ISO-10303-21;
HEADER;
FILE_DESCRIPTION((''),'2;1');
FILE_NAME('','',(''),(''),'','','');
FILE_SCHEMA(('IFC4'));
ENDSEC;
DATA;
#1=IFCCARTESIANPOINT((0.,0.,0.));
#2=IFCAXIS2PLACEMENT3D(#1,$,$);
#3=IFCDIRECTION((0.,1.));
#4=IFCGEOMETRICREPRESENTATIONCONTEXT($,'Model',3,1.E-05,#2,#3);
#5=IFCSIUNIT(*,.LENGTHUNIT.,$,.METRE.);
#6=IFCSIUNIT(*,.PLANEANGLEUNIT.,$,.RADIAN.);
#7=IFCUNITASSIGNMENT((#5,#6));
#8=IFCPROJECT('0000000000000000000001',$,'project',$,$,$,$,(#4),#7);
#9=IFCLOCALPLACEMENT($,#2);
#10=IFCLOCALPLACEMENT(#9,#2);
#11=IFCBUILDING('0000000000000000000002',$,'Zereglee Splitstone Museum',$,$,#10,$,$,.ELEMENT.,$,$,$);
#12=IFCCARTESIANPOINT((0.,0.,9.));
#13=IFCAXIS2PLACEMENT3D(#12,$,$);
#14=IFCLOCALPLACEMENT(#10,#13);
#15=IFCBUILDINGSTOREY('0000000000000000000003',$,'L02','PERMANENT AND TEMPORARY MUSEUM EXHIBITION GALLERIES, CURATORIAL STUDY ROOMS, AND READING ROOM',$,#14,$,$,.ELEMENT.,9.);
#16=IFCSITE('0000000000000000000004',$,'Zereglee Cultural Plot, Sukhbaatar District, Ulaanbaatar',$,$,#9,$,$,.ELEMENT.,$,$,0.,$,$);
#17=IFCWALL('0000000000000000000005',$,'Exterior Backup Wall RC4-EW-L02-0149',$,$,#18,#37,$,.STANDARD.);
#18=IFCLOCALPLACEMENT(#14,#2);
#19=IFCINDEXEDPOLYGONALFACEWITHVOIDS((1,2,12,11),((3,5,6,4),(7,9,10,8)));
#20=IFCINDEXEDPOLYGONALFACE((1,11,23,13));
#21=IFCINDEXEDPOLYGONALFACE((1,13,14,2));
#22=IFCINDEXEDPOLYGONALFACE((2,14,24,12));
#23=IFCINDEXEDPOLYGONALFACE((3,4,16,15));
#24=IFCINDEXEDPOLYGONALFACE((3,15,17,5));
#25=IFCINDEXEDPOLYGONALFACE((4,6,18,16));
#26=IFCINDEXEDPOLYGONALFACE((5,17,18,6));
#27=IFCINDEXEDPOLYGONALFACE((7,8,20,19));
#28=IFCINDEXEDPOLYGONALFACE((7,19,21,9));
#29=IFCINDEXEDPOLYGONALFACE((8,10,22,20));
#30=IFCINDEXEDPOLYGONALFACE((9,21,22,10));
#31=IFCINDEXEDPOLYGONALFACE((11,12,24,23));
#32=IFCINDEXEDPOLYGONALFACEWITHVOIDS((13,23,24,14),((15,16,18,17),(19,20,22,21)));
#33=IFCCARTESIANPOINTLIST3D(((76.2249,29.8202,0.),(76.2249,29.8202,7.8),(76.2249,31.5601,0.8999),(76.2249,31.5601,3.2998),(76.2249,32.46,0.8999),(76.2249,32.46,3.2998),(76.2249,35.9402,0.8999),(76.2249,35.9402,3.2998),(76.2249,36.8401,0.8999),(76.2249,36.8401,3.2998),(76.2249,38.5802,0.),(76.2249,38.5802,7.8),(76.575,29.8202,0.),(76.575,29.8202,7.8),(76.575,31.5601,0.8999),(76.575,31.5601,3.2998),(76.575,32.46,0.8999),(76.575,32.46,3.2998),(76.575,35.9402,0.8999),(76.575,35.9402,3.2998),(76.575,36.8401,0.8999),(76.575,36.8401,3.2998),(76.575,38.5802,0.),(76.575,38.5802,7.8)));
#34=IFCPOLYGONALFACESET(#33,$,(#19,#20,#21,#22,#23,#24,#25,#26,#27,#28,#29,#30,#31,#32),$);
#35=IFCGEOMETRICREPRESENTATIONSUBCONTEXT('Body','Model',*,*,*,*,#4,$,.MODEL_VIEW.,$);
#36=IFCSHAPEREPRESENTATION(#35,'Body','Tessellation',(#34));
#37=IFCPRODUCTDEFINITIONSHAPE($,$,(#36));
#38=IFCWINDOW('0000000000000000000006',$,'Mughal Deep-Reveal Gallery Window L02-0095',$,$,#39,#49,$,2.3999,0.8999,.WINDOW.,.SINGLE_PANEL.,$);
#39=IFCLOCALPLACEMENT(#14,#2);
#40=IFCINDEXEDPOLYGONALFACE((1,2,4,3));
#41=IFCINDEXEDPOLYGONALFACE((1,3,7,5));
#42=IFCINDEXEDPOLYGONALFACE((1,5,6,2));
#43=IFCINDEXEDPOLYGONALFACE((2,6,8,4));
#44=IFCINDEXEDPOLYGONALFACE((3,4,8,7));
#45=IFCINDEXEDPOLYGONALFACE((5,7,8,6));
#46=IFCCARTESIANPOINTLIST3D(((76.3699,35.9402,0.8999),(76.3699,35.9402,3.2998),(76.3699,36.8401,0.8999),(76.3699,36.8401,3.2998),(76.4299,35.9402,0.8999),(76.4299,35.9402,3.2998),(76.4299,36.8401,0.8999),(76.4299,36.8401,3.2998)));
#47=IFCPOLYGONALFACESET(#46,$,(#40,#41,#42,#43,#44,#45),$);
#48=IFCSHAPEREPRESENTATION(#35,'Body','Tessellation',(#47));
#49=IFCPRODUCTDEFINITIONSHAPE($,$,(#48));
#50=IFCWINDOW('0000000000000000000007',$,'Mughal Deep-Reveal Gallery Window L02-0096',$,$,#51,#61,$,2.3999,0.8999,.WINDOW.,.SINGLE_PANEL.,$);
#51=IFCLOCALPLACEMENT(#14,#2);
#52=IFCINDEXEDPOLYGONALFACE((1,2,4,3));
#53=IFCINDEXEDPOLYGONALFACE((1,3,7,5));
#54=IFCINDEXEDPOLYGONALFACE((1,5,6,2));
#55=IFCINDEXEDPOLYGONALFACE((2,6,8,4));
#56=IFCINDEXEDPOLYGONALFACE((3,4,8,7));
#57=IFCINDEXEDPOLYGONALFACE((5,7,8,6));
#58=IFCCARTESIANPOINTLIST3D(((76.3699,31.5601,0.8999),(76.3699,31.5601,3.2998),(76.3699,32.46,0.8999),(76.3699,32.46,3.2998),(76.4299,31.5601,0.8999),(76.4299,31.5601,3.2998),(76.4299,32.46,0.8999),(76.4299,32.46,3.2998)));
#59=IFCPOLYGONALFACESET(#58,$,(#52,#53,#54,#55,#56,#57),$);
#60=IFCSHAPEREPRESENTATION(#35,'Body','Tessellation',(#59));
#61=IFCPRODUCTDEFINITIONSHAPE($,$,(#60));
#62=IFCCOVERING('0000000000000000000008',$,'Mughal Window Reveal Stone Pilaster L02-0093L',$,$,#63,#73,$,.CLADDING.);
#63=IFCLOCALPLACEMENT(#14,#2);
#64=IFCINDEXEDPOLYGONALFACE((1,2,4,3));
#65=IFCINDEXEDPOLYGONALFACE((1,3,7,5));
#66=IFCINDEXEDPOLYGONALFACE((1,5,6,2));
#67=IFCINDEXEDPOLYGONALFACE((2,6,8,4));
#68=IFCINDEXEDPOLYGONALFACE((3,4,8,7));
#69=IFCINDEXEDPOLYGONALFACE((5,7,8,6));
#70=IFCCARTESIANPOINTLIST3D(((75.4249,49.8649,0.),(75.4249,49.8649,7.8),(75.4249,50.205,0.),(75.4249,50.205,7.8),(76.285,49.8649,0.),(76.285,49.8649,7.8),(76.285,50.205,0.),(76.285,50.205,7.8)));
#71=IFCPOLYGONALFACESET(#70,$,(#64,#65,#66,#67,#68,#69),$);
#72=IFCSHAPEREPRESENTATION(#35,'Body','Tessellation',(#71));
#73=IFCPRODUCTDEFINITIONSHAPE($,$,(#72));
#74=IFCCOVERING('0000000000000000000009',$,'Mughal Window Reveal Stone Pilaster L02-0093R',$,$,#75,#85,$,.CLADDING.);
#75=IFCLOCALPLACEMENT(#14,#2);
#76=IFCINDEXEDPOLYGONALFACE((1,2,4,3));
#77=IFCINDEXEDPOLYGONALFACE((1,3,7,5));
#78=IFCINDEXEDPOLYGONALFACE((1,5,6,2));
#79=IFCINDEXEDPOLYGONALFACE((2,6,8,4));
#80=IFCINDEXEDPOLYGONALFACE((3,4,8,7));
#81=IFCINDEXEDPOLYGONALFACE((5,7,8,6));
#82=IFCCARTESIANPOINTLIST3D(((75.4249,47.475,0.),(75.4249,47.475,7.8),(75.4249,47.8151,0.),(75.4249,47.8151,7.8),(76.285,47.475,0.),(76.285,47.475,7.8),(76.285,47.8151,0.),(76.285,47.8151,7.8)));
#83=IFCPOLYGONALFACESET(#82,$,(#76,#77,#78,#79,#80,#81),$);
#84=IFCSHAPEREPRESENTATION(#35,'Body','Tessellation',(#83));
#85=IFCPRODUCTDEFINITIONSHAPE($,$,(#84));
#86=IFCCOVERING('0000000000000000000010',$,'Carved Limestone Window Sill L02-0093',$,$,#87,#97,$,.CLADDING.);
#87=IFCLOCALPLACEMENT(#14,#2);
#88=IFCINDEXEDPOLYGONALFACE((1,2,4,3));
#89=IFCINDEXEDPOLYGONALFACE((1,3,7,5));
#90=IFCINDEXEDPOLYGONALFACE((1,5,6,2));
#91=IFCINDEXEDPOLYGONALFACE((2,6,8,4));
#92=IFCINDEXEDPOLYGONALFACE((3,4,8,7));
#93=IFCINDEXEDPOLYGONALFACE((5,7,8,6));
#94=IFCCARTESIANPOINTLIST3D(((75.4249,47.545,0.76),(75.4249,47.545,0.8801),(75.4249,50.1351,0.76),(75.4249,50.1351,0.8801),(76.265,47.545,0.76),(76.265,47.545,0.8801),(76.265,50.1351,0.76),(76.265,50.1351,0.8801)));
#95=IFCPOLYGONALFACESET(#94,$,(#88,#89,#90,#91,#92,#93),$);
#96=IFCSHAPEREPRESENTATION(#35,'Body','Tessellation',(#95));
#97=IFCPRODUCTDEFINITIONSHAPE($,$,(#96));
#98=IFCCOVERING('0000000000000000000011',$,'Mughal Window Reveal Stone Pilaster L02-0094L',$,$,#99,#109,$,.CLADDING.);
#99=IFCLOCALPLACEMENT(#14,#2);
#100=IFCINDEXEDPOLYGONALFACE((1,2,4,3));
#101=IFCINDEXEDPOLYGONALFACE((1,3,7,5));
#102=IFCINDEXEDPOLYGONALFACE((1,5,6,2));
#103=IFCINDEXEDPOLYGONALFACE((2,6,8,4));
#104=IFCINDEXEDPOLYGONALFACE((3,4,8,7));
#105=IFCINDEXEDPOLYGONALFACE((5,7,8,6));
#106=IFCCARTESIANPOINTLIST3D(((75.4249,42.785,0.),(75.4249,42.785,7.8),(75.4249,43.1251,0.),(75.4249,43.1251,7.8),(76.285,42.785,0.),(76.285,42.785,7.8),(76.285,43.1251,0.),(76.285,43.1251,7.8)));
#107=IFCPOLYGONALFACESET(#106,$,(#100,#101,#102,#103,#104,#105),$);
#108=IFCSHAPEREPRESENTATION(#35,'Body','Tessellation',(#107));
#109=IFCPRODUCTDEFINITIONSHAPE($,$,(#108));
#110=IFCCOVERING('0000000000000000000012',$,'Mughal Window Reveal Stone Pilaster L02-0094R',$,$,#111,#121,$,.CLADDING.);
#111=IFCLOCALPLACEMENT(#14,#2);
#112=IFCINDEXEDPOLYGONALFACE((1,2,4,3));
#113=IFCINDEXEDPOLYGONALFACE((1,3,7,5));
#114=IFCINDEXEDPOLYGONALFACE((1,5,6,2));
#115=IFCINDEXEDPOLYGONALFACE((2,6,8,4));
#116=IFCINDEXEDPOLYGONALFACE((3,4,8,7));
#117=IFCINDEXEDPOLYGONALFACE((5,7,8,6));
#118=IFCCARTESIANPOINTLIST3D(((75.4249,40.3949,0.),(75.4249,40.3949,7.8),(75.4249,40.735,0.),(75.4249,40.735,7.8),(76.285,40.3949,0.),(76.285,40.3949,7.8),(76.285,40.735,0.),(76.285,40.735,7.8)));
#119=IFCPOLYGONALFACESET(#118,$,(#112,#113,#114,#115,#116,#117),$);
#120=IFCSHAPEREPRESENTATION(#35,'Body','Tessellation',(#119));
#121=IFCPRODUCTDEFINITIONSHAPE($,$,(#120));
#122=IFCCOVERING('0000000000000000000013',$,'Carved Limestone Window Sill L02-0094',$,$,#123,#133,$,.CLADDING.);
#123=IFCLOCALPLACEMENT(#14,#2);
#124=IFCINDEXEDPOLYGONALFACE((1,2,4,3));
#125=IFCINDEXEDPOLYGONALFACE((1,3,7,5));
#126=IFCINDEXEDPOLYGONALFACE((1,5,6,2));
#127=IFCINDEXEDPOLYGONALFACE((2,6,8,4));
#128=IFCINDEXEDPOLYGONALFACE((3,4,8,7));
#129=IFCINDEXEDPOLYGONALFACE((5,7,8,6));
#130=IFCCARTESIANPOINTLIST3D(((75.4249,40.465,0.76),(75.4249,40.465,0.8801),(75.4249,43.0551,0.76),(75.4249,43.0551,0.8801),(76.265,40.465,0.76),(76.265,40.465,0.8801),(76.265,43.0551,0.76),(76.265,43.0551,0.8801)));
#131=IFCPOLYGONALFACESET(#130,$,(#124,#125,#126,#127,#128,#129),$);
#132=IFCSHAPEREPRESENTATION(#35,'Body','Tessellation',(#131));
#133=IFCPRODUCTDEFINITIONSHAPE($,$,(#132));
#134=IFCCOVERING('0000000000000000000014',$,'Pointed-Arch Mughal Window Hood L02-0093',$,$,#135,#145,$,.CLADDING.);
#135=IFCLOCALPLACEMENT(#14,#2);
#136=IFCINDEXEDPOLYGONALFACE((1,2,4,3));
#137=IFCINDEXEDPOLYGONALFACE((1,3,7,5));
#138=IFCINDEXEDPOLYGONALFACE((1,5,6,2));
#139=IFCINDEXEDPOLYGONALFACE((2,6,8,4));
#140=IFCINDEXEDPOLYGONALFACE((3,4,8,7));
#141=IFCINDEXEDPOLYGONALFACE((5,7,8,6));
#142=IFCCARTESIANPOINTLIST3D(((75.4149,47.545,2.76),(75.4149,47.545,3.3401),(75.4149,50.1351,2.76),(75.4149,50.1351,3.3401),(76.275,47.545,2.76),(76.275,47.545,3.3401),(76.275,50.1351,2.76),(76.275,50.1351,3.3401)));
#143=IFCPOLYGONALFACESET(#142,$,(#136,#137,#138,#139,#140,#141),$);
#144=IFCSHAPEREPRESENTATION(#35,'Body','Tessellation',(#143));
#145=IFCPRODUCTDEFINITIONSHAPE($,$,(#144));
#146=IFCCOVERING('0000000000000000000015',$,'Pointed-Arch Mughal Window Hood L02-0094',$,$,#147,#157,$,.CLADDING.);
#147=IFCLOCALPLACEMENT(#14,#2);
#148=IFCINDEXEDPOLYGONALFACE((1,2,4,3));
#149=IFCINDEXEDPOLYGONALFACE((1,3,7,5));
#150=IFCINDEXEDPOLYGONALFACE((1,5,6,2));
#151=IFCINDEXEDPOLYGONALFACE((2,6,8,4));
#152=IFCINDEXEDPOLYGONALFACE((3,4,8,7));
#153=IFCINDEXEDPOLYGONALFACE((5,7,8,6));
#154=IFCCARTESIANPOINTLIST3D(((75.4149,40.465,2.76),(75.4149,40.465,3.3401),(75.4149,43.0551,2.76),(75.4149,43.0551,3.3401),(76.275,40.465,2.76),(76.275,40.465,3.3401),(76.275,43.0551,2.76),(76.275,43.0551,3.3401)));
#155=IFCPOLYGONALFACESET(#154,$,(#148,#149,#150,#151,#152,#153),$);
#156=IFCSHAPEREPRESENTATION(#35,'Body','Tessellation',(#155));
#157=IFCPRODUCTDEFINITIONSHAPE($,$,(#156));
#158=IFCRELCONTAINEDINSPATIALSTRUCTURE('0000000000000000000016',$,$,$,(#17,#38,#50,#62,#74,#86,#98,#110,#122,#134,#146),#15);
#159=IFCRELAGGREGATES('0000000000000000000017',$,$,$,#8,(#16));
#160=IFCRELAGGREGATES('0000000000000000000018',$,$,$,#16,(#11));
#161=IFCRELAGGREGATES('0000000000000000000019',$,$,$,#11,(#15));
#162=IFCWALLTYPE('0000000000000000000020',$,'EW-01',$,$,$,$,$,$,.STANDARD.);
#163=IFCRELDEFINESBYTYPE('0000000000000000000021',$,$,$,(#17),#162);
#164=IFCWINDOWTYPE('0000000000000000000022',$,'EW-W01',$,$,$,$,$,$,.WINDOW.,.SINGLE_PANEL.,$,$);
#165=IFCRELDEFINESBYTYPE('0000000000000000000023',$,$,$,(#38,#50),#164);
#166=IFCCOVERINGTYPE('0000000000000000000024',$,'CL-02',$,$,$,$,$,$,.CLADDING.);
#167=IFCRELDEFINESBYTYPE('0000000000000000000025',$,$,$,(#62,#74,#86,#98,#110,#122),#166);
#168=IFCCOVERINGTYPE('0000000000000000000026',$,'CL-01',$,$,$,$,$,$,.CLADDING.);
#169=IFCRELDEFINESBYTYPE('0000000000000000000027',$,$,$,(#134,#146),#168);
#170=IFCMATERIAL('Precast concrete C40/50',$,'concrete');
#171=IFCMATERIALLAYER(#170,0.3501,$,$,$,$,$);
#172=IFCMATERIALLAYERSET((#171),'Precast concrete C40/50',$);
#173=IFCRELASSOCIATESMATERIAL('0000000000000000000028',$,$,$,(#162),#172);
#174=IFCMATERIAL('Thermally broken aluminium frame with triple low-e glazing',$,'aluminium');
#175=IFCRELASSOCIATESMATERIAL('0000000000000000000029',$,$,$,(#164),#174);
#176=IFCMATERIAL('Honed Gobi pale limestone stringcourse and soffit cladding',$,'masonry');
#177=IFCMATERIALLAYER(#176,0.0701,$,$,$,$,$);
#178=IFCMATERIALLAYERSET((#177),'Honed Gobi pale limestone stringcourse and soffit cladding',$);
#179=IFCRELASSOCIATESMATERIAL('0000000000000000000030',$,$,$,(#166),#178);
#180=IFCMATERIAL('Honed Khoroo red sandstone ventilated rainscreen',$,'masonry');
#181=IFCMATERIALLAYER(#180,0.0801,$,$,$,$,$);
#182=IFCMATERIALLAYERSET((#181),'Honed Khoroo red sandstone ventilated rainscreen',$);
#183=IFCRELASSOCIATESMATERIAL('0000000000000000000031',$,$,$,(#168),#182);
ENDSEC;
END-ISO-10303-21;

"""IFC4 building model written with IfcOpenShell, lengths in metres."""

from ifc_helpers import new_model, si_unit, direction, frame, frame_2d, origin, origin_2d, place, context, subcontext, project, spatial, rectangle, extrude, material, layer, layer_set, type_object, element, fill, save


model = new_model("IFC4")

# Units and contexts
model_context = context("Model", 3, precision=1e-05, world=origin(), true_north=direction((0.0, 1.0)))
body_context = subcontext(model_context, "Body", "Model", "MODEL_VIEW")
ifc_project = project(units=[si_unit("LENGTHUNIT", "METRE"), si_unit("PLANEANGLEUNIT", "RADIAN")], contexts=[model_context])

# Site, building, storey
site_placement = place(None, origin())
site = spatial("IfcSite", under=ifc_project, at=site_placement, Name="Zereglee Cultural Plot, Sukhbaatar District, Ulaanbaatar", CompositionType="ELEMENT", RefElevation=0.0)
building_placement = place(site_placement, origin())
building = spatial("IfcBuilding", under=site, at=building_placement, Name="Zereglee Splitstone Museum", CompositionType="ELEMENT")
storey_placement = place(building_placement, frame((0.0, 0.0, 9.0)))
storey = spatial("IfcBuildingStorey", under=building, at=storey_placement, Name="L02", Description="PERMANENT AND TEMPORARY MUSEUM EXHIBITION GALLERIES, CURATORIAL STUDY ROOMS, AND READING ROOM", CompositionType="ELEMENT", Elevation=9.0)

# Wall, openings, windows
ifc_material_1 = material(Name="Precast concrete C40/50", Category="concrete")
ifc_layer_1 = layer(ifc_material_1, 0.3501)
ifc_layer_set_1 = layer_set([ifc_layer_1], Name="Precast concrete C40/50")
wall_type = type_object("IfcWallType", Name="EW-01", PredefinedType="STANDARD", material=ifc_layer_set_1)
ifc_material_2 = material(Name="Thermally broken aluminium frame with triple low-e glazing", Category="aluminium")
wall_1_placement = place(storey_placement, frame((76.3999, 38.5801, 0.0), z_axis=(0.0, 0.0, 1.0), x_axis=(0.0, -1.0, 0.0)))
wall_1 = element("IfcWall", 1, at=wall_1_placement, inside=storey, type_object=wall_type, Name="Exterior Backup Wall RC4-EW-L02-0149", PredefinedType="STANDARD", context=body_context, shape_type="SweptSolid", body=[
    extrude(rectangle(XDim=8.76, YDim=0.3501, at=frame_2d((4.3799, 0.0))), origin(), (0.0, 0.0, 1.0), 7.8),
])
opening_1_placement = place(wall_1_placement, frame((1.74, 0.0, 0.8999)))
opening_1 = element("IfcOpeningElement", 2, at=opening_1_placement, cuts=wall_1, PredefinedType="OPENING", context=body_context, shape_type="SweptSolid", body=[
    extrude(rectangle(XDim=0.8999, YDim=2.3999, at=frame_2d((0.45, 1.2))), frame((0.0, 0.1899, 0.0), z_axis=(0.0, -1.0, 0.0), x_axis=(1.0, 0.0, 0.0)), (0.0, 0.0, 1.0), 0.3799),
])
opening_2_placement = place(wall_1_placement, frame((6.1201, 0.0, 0.8999)))
opening_2 = element("IfcOpeningElement", 3, at=opening_2_placement, cuts=wall_1, PredefinedType="OPENING", context=body_context, shape_type="SweptSolid", body=[
    extrude(rectangle(XDim=0.8999, YDim=2.3999, at=frame_2d((0.45, 1.2))), frame((0.0, 0.1899, 0.0), z_axis=(0.0, -1.0, 0.0), x_axis=(1.0, 0.0, 0.0)), (0.0, 0.0, 1.0), 0.3799),
])
window_type_1 = type_object("IfcWindowType", Name="EW-W01", PartitioningType="SINGLE_PANEL", PredefinedType="WINDOW", material=ifc_material_2)
window_1_placement = place(opening_1_placement, origin())
window_1 = element("IfcWindow", 4, at=window_1_placement, inside=storey, type_object=window_type_1, Name="Mughal Deep-Reveal Gallery Window L02-0095", OverallHeight=2.3999, OverallWidth=0.8999, PartitioningType="SINGLE_PANEL", PredefinedType="WINDOW", context=body_context, shape_type="SweptSolid", body=[
    extrude(rectangle(XDim=0.8999, YDim=2.3999, at=frame_2d((0.45, 1.2))), frame((0.0, 0.03, 0.0), z_axis=(0.0, -1.0, 0.0), x_axis=(1.0, 0.0, 0.0)), (0.0, 0.0, 1.0), 0.0601),
])
fill(opening_1, window_1)
window_2_placement = place(opening_2_placement, origin())
window_2 = element("IfcWindow", 5, at=window_2_placement, inside=storey, type_object=window_type_1, Name="Mughal Deep-Reveal Gallery Window L02-0096", OverallHeight=2.3999, OverallWidth=0.8999, PartitioningType="SINGLE_PANEL", PredefinedType="WINDOW", context=body_context, shape_type="SweptSolid", body=[
    extrude(rectangle(XDim=0.8999, YDim=2.3999, at=frame_2d((0.45, 1.2))), frame((0.0, 0.03, 0.0), z_axis=(0.0, -1.0, 0.0), x_axis=(1.0, 0.0, 0.0)), (0.0, 0.0, 1.0), 0.0601),
])
fill(opening_2, window_2)

# Coverings
ifc_material_3 = material(Name="Honed Gobi pale limestone stringcourse and soffit cladding", Category="masonry")
ifc_layer_2 = layer(ifc_material_3, 0.0701)
ifc_layer_set_2 = layer_set([ifc_layer_2], Name="Honed Gobi pale limestone stringcourse and soffit cladding")
covering_type_1 = type_object("IfcCoveringType", Name="CL-02", PredefinedType="CLADDING", material=ifc_layer_set_2)
for number, where, z_axis, x_axis, name in (
    (6, (75.855, 50.0349, 0.0), (0.0, 0.0, 1.0), (0.0, -1.0, 0.0), "Mughal Window Reveal Stone Pilaster L02-0093L"),
    (7, (75.855, 47.645, 0.0), (0.0, 0.0, 1.0), (0.0, -1.0, 0.0), "Mughal Window Reveal Stone Pilaster L02-0093R"),
):
    element("IfcCovering", number, at=place(storey_placement, frame(where, z_axis=z_axis, x_axis=x_axis)), inside=storey, type_object=covering_type_1, Name=name, PredefinedType="CLADDING", context=body_context, shape_type="SweptSolid", body=[
        extrude(rectangle(XDim=0.3401, YDim=0.8601, at=origin_2d()), origin(), (0.0, 0.0, 1.0), 7.8),
    ])
covering_1_placement = place(storey_placement, frame((75.845, 48.8401, 0.76), z_axis=(0.0, 0.0, 1.0), x_axis=(0.0, -1.0, 0.0)))
element("IfcCovering", 8, at=covering_1_placement, inside=storey, type_object=covering_type_1, Name="Carved Limestone Window Sill L02-0093", PredefinedType="CLADDING", context=body_context, shape_type="SweptSolid", body=[
    extrude(rectangle(XDim=2.5901, YDim=0.8401, at=origin_2d()), origin(), (0.0, 0.0, 1.0), 0.1201),
])
for number, where, z_axis, x_axis, name in (
    (9, (75.855, 42.9551, 0.0), (0.0, 0.0, 1.0), (0.0, -1.0, 0.0), "Mughal Window Reveal Stone Pilaster L02-0094L"),
    (10, (75.855, 40.5649, 0.0), (0.0, 0.0, 1.0), (0.0, -1.0, 0.0), "Mughal Window Reveal Stone Pilaster L02-0094R"),
):
    element("IfcCovering", number, at=place(storey_placement, frame(where, z_axis=z_axis, x_axis=x_axis)), inside=storey, type_object=covering_type_1, Name=name, PredefinedType="CLADDING", context=body_context, shape_type="SweptSolid", body=[
        extrude(rectangle(XDim=0.3401, YDim=0.8601, at=origin_2d()), origin(), (0.0, 0.0, 1.0), 7.8),
    ])
covering_2_placement = place(storey_placement, frame((75.845, 41.76, 0.76), z_axis=(0.0, 0.0, 1.0), x_axis=(0.0, -1.0, 0.0)))
element("IfcCovering", 11, at=covering_2_placement, inside=storey, type_object=covering_type_1, Name="Carved Limestone Window Sill L02-0094", PredefinedType="CLADDING", context=body_context, shape_type="SweptSolid", body=[
    extrude(rectangle(XDim=2.5901, YDim=0.8401, at=origin_2d()), origin(), (0.0, 0.0, 1.0), 0.1201),
])
ifc_material_4 = material(Name="Honed Khoroo red sandstone ventilated rainscreen", Category="masonry")
ifc_layer_3 = layer(ifc_material_4, 0.0801)
ifc_layer_set_3 = layer_set([ifc_layer_3], Name="Honed Khoroo red sandstone ventilated rainscreen")
covering_type_2 = type_object("IfcCoveringType", Name="CL-01", PredefinedType="CLADDING", material=ifc_layer_set_3)
for number, where, z_axis, x_axis, name in (
    (12, (75.845, 48.8401, 2.76), (0.0, 0.0, 1.0), (0.0, -1.0, 0.0), "Pointed-Arch Mughal Window Hood L02-0093"),
    (13, (75.845, 41.76, 2.76), (0.0, 0.0, 1.0), (0.0, -1.0, 0.0), "Pointed-Arch Mughal Window Hood L02-0094"),
):
    element("IfcCovering", number, at=place(storey_placement, frame(where, z_axis=z_axis, x_axis=x_axis)), inside=storey, type_object=covering_type_2, Name=name, PredefinedType="CLADDING", context=body_context, shape_type="SweptSolid", body=[
        extrude(rectangle(XDim=2.5901, YDim=0.8601, at=origin_2d()), origin(), (0.0, 0.0, 1.0), 0.5801),
    ])

save(model, "model.ifc")
